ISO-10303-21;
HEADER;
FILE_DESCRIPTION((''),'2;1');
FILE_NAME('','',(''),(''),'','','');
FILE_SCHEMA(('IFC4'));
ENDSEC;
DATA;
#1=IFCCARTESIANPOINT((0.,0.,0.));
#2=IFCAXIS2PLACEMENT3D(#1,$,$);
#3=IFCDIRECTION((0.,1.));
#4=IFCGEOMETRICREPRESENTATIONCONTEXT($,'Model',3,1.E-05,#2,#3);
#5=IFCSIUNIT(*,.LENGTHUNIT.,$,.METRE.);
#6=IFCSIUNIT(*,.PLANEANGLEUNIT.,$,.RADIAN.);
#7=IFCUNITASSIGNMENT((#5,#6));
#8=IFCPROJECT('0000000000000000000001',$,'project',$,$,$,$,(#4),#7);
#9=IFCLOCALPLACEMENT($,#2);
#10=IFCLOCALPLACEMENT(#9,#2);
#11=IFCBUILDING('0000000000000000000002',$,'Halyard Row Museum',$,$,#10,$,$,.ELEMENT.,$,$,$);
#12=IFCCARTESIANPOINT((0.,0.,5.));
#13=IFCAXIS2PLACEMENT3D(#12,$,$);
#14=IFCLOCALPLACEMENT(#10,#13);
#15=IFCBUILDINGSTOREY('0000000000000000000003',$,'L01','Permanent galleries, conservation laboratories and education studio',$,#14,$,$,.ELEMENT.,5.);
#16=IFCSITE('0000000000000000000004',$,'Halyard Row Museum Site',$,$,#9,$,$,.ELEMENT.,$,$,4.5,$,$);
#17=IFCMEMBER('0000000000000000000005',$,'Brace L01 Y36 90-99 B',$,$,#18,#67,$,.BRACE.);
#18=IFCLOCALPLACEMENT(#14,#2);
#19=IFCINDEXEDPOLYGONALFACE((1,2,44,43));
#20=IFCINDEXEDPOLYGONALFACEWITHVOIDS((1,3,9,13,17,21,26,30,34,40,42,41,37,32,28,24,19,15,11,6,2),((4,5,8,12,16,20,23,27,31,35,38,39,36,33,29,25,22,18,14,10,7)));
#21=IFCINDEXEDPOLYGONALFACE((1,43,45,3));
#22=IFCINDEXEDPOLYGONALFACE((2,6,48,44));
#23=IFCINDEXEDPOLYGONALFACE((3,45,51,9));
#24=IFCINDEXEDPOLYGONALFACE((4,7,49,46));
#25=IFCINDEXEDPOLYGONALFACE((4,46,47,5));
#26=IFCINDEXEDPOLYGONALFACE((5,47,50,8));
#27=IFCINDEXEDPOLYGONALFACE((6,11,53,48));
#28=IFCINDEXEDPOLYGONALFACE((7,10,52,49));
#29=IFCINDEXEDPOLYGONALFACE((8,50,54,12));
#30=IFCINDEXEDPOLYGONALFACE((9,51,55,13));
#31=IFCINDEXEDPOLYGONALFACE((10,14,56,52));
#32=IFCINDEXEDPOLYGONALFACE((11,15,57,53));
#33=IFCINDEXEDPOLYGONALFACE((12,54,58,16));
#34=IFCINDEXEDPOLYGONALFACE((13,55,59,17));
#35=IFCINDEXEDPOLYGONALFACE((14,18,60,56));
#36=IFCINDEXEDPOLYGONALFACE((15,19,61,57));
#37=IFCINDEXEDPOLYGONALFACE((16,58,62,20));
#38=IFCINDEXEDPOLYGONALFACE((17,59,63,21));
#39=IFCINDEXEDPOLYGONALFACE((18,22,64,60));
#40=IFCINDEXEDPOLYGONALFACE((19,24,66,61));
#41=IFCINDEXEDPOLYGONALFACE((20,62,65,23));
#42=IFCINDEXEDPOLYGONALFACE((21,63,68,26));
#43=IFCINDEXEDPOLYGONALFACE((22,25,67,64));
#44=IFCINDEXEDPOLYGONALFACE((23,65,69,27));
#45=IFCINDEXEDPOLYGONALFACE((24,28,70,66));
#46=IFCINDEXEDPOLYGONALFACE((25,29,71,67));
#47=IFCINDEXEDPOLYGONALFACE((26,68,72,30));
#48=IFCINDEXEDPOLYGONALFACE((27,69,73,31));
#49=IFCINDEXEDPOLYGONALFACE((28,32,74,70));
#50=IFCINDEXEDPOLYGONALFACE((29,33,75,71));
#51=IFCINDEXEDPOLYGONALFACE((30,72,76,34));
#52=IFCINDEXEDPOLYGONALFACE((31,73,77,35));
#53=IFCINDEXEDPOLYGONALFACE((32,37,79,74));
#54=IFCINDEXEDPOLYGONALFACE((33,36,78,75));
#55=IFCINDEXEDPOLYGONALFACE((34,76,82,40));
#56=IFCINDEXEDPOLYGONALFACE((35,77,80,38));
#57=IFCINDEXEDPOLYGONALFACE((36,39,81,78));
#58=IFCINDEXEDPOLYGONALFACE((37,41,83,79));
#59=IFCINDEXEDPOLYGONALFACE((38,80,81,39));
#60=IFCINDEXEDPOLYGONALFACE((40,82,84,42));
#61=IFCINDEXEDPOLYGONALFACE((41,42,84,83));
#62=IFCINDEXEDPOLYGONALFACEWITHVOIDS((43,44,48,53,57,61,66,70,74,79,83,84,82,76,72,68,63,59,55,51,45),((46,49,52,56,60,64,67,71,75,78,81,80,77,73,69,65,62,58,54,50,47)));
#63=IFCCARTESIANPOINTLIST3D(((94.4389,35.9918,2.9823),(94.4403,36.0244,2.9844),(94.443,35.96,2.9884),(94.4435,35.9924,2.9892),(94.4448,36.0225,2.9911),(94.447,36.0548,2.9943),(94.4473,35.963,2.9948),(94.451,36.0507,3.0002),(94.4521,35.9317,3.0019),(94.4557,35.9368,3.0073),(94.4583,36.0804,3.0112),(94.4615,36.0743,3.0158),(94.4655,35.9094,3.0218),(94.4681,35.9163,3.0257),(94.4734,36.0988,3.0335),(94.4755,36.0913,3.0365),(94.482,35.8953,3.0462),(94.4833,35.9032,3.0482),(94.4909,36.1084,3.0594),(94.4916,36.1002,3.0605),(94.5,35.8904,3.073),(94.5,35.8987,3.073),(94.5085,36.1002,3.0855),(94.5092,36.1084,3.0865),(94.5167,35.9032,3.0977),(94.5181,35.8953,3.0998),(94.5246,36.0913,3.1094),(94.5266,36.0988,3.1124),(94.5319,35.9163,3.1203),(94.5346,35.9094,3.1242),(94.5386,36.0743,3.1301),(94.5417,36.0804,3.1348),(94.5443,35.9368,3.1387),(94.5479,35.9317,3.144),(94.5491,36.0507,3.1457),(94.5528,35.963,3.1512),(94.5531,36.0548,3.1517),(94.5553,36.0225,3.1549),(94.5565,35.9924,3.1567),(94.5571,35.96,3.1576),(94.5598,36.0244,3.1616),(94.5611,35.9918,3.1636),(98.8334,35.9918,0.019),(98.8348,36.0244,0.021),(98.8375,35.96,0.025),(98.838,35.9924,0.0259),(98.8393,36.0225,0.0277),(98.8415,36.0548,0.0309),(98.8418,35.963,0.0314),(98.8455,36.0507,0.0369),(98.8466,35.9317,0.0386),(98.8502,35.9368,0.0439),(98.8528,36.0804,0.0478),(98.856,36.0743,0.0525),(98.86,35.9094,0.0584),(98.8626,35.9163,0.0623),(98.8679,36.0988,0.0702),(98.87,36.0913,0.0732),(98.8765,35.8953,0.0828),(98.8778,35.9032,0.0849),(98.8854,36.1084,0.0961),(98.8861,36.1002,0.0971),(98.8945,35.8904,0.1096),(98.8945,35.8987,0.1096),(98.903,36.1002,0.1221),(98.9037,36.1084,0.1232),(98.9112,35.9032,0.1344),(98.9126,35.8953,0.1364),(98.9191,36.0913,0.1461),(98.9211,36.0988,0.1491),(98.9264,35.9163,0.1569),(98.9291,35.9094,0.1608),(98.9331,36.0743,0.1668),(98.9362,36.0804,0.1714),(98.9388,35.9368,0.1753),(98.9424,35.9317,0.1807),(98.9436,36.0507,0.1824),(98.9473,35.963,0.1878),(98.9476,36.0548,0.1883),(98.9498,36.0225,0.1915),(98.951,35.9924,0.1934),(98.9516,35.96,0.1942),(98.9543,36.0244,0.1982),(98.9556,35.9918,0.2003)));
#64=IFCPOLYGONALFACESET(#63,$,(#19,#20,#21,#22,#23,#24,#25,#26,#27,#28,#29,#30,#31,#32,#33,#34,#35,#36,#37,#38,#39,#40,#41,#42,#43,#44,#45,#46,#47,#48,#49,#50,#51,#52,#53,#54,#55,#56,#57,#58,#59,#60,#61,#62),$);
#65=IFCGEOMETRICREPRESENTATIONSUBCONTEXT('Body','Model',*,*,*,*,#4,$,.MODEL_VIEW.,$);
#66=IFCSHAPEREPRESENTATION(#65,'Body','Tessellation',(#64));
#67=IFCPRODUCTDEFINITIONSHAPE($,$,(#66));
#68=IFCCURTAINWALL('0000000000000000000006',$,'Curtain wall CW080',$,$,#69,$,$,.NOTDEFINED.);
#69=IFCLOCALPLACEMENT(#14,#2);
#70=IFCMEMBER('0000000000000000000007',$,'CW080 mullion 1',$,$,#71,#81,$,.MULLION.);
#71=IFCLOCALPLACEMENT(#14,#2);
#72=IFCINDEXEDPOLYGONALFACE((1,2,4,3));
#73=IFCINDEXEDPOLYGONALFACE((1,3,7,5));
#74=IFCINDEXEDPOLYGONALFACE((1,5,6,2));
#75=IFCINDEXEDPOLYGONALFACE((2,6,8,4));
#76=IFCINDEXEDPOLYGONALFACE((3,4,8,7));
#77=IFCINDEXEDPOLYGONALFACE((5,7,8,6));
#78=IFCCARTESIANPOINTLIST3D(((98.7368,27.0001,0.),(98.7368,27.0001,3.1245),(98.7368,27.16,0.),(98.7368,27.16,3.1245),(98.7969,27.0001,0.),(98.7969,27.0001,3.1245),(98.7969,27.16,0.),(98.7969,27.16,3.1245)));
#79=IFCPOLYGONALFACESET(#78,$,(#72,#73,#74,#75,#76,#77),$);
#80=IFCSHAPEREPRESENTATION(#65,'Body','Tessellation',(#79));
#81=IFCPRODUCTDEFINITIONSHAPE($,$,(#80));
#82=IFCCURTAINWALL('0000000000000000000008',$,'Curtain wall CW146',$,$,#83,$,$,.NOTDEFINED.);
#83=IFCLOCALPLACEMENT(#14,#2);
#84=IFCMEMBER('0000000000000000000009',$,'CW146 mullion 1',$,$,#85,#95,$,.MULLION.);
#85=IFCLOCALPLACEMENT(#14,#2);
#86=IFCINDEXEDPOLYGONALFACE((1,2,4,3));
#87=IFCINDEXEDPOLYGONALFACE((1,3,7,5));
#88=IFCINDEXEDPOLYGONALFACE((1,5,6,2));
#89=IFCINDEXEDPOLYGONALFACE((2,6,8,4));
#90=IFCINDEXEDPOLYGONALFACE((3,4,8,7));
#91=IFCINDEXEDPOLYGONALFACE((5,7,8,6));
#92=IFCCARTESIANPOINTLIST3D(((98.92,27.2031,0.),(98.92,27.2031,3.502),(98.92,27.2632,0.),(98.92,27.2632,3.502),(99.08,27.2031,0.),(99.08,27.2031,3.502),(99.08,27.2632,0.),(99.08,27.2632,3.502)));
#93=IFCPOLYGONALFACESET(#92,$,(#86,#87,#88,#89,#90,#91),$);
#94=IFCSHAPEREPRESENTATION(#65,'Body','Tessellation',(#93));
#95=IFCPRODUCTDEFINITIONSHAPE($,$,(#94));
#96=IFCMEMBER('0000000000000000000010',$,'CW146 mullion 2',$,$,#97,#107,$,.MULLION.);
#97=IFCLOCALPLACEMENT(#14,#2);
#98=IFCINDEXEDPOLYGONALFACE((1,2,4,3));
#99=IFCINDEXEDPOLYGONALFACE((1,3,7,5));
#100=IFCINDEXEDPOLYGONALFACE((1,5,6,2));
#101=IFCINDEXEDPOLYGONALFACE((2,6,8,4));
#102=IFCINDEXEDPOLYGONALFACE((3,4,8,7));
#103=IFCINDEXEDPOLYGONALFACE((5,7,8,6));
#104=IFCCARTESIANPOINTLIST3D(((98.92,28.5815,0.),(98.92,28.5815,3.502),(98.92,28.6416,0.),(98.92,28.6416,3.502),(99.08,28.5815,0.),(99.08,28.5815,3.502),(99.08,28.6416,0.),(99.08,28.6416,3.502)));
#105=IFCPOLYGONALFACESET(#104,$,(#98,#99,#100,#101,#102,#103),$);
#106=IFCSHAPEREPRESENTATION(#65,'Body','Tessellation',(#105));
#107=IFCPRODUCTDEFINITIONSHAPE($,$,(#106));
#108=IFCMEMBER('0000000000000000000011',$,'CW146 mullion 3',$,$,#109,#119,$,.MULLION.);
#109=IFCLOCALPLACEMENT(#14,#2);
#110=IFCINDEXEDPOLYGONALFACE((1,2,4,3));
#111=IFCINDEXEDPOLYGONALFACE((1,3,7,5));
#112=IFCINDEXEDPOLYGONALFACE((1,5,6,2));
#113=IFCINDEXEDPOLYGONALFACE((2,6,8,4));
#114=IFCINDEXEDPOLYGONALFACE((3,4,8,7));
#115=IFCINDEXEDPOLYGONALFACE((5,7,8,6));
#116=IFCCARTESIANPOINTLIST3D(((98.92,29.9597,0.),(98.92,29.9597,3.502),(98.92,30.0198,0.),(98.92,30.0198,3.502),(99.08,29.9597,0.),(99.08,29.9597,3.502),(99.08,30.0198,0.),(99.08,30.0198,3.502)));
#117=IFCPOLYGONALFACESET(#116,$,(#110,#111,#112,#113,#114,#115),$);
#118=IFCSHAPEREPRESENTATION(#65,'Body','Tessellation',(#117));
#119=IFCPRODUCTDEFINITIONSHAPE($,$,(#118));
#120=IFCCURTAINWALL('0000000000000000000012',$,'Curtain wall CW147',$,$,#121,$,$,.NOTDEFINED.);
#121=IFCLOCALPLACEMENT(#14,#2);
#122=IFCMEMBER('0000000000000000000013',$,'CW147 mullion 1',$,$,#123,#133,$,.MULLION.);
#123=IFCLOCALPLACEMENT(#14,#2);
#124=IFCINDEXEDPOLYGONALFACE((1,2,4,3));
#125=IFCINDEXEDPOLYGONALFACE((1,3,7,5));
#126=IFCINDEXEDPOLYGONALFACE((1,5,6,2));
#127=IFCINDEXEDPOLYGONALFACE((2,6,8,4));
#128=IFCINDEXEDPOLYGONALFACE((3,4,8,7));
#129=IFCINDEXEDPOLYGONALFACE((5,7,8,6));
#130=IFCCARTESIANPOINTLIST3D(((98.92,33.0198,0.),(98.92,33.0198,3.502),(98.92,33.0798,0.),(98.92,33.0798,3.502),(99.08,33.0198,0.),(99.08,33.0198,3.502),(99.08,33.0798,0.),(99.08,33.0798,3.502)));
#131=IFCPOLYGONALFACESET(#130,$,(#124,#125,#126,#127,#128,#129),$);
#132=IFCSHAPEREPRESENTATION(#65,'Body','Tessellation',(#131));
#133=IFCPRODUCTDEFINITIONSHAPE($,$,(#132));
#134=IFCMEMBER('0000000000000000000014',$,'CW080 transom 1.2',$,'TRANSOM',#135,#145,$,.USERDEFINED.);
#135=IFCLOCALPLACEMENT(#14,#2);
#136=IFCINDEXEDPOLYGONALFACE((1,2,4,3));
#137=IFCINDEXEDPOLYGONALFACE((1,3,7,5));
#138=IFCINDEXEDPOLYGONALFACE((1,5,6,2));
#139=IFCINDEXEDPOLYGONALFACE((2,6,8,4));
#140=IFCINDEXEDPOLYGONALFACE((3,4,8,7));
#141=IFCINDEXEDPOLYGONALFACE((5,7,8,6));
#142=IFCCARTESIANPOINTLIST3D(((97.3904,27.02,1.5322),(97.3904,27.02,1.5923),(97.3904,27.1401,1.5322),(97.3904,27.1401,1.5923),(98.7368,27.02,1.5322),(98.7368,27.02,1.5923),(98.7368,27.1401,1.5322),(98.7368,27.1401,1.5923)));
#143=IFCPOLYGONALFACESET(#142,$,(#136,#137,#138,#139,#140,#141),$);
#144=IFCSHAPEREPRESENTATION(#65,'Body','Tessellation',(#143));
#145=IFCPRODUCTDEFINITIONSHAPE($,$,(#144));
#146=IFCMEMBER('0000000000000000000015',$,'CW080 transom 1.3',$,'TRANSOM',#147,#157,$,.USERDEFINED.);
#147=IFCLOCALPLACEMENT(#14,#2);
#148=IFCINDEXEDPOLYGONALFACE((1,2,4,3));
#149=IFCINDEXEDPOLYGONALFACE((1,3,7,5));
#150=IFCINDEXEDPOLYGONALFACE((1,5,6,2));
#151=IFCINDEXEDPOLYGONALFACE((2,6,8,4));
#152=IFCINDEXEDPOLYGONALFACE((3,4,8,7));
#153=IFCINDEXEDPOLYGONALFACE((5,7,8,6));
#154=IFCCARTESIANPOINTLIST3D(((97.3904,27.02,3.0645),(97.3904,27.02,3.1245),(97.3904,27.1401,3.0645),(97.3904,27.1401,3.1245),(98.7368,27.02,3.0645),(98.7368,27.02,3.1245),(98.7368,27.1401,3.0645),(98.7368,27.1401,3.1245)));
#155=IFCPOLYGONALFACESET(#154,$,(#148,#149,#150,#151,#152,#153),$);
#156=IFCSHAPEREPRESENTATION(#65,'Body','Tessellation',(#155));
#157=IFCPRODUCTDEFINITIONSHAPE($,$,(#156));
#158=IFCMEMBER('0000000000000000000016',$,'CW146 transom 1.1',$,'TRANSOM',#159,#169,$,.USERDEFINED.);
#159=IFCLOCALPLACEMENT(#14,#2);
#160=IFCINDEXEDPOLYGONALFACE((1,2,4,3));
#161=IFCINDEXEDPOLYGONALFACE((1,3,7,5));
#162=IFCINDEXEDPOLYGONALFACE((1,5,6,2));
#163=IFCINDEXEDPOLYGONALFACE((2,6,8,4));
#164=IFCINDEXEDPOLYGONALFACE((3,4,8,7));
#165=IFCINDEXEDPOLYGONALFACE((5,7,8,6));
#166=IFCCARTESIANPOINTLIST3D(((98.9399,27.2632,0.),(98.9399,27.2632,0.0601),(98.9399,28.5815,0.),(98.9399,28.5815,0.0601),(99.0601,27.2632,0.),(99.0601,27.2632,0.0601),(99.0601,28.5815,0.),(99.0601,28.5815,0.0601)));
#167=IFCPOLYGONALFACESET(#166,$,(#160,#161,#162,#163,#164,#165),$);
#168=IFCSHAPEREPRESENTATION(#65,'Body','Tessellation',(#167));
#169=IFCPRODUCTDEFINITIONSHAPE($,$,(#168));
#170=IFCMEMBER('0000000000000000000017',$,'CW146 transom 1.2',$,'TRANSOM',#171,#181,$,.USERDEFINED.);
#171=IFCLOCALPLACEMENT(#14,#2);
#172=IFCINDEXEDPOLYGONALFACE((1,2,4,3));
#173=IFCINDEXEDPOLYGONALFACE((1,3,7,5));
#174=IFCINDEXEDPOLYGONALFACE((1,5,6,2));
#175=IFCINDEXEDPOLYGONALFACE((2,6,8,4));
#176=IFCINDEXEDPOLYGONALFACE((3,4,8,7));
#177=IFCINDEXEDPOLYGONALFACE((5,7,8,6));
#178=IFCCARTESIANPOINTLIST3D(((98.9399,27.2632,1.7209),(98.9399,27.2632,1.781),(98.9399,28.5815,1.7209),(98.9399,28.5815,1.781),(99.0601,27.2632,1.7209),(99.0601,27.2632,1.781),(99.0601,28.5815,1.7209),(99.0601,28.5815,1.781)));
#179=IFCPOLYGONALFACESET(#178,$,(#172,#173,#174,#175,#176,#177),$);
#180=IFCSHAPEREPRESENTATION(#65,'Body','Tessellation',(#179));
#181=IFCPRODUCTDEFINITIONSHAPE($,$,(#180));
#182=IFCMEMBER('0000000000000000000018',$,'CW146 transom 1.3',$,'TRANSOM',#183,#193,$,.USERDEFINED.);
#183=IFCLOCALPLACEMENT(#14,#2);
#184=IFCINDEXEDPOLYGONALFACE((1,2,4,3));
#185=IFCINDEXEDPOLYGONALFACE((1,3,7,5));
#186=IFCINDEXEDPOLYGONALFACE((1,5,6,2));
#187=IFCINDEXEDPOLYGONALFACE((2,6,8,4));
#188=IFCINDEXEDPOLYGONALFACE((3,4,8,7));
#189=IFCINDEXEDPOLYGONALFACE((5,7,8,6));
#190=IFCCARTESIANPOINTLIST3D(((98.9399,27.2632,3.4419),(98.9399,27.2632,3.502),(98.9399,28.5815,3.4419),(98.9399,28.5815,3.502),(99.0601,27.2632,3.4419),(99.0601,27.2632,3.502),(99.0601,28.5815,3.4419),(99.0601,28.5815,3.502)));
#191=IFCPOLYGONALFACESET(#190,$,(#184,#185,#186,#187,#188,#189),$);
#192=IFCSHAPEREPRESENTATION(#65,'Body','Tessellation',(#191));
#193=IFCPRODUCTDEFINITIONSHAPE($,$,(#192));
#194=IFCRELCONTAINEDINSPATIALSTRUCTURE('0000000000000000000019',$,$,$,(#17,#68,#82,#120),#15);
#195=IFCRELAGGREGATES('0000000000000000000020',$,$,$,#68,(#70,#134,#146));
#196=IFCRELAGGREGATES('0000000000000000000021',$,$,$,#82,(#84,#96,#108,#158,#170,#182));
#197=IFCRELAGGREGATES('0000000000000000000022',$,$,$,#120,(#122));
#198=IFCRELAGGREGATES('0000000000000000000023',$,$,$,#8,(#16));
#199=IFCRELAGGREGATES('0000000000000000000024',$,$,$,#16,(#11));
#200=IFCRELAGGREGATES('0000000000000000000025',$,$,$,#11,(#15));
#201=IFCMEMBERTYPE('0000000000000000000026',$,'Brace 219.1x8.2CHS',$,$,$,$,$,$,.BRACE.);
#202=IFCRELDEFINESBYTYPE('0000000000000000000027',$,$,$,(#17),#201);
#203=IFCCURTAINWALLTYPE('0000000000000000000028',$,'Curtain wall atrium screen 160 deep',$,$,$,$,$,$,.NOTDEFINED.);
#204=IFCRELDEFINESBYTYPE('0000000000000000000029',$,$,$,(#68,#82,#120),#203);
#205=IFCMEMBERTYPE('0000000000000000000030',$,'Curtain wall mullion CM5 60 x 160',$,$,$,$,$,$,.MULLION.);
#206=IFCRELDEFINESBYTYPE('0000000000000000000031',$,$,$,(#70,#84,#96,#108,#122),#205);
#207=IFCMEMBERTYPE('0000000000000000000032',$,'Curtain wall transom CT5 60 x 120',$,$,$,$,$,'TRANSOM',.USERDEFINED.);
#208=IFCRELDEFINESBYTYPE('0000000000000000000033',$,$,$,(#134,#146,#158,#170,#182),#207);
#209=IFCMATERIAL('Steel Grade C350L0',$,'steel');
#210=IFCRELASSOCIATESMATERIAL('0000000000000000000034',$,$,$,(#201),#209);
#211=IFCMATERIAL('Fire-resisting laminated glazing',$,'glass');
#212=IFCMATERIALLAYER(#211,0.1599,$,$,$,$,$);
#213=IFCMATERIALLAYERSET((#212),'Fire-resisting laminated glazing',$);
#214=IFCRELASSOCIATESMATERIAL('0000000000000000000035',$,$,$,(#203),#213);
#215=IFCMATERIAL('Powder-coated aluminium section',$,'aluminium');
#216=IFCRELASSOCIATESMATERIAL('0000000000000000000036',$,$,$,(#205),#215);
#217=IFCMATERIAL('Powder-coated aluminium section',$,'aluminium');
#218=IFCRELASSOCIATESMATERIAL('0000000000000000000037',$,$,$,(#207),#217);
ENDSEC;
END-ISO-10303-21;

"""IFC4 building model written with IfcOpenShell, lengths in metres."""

from ifc_helpers import new_model, si_unit, direction, frame, origin, origin_2d, place, context, subcontext, project, spatial, rectangle, hollow_circle, extrude, material, layer, layer_set, material_profile, profile_set, type_object, element, aggregate, save


model = new_model("IFC4")

# Units and contexts
model_context = context("Model", 3, precision=1e-05, world=origin(), true_north=direction((0.0, 1.0)))
body_context = subcontext(model_context, "Body", "Model", "MODEL_VIEW")
ifc_project = project(units=[si_unit("LENGTHUNIT", "METRE"), si_unit("PLANEANGLEUNIT", "RADIAN")], contexts=[model_context])

# Site, building, storey
site_placement = place(None, origin())
site = spatial("IfcSite", under=ifc_project, at=site_placement, Name="Halyard Row Museum Site", CompositionType="ELEMENT", RefElevation=4.5)
building_placement = place(site_placement, origin())
building = spatial("IfcBuilding", under=site, at=building_placement, Name="Halyard Row Museum", CompositionType="ELEMENT")
storey_placement = place(building_placement, frame((0.0, 0.0, 5.0)))
storey = spatial("IfcBuildingStorey", under=building, at=storey_placement, Name="L01", Description="Permanent galleries, conservation laboratories and education studio", CompositionType="ELEMENT", Elevation=5.0)

# Member
ifc_material_1 = material(Name="Steel Grade C350L0", Category="steel")
ifc_material_profile_1 = material_profile(ifc_material_1, hollow_circle(Radius=0.1096, WallThickness=0.0083, at=origin_2d()), Name="219.1x8.2CHS")
ifc_profile_set_1 = profile_set([ifc_material_profile_1], Name="Steel Grade C350L0")
member_type_1 = type_object("IfcMemberType", Name="Brace 219.1x8.2CHS", PredefinedType="BRACE", material=ifc_profile_set_1)
member_1_placement = place(storey_placement, frame((98.8945, 36.0, 0.1096), z_axis=(-0.829105, 0.0, 0.559093), x_axis=(0.0, -1.0, 0.0)))
element("IfcMember", 1, at=member_1_placement, inside=storey, type_object=member_type_1, Name="Brace L01 Y36 90-99 B", PredefinedType="BRACE", context=body_context, shape_type="SweptSolid", body=[
    extrude(hollow_circle(Radius=0.1096, WallThickness=0.0083, at=origin_2d()), origin(), (0.0, 0.0, 1.0), 5.3003),
])

# Curtain wall, member
ifc_material_2 = material(Name="Fire-resisting laminated glazing", Category="glass")
ifc_layer_1 = layer(ifc_material_2, 0.1599)
ifc_layer_set_1 = layer_set([ifc_layer_1], Name="Fire-resisting laminated glazing")
curtain_wall_type = type_object("IfcCurtainWallType", Name="Curtain wall atrium screen 160 deep", PredefinedType="NOTDEFINED", material=ifc_layer_set_1)
curtain_wall_1_placement = place(storey_placement, origin())
curtain_wall_1 = element("IfcCurtainWall", 2, at=curtain_wall_1_placement, inside=storey, type_object=curtain_wall_type, Name="Curtain wall CW080", PredefinedType="NOTDEFINED")
ifc_material_3 = material(Name="Powder-coated aluminium section", Category="aluminium")
ifc_material_profile_2 = material_profile(ifc_material_3, rectangle(XDim=0.1599, YDim=0.0601, at=origin_2d()), Name="160x60 mullion")
ifc_profile_set_2 = profile_set([ifc_material_profile_2], Name="Powder-coated aluminium section")
member_type_2 = type_object("IfcMemberType", Name="Curtain wall mullion CM5 60 x 160", PredefinedType="MULLION", material=ifc_profile_set_2)
member_2_placement = place(storey_placement, frame((98.7668, 27.0801, 0.0), z_axis=(0.0, 0.0, 1.0), x_axis=(0.0, -1.0, 0.0)))
member_2 = element("IfcMember", 3, at=member_2_placement, type_object=member_type_2, Name="CW080 mullion 1", PredefinedType="MULLION", context=body_context, shape_type="SweptSolid", body=[
    extrude(rectangle(XDim=0.1599, YDim=0.0601, at=origin_2d()), origin(), (0.0, 0.0, 1.0), 3.1245),
])

# Curtain wall, members
curtain_wall_2_placement = place(storey_placement, origin())
curtain_wall_2 = element("IfcCurtainWall", 4, at=curtain_wall_2_placement, inside=storey, type_object=curtain_wall_type, Name="Curtain wall CW146", PredefinedType="NOTDEFINED")
member_3_placement = place(storey_placement, frame((99.0, 27.2332, 0.0), z_axis=(0.0, 0.0, 1.0), x_axis=(-1.0, 0.0, 0.0)))
member_3 = element("IfcMember", 5, at=member_3_placement, type_object=member_type_2, Name="CW146 mullion 1", PredefinedType="MULLION", context=body_context, shape_type="SweptSolid", body=[
    extrude(rectangle(XDim=0.1599, YDim=0.0601, at=origin_2d()), origin(), (0.0, 0.0, 1.0), 3.502),
])
member_4_placement = place(storey_placement, frame((99.0, 28.6116, 0.0), z_axis=(0.0, 0.0, 1.0), x_axis=(-1.0, 0.0, 0.0)))
member_4 = element("IfcMember", 6, at=member_4_placement, type_object=member_type_2, Name="CW146 mullion 2", PredefinedType="MULLION", context=body_context, shape_type="SweptSolid", body=[
    extrude(rectangle(XDim=0.1599, YDim=0.0601, at=origin_2d()), origin(), (0.0, 0.0, 1.0), 3.502),
])
member_5_placement = place(storey_placement, frame((99.0, 29.9897, 0.0), z_axis=(0.0, 0.0, 1.0), x_axis=(-1.0, 0.0, 0.0)))
member_5 = element("IfcMember", 7, at=member_5_placement, type_object=member_type_2, Name="CW146 mullion 3", PredefinedType="MULLION", context=body_context, shape_type="SweptSolid", body=[
    extrude(rectangle(XDim=0.1599, YDim=0.0601, at=origin_2d()), origin(), (0.0, 0.0, 1.0), 3.502),
])

# Curtain wall, member
curtain_wall_3_placement = place(storey_placement, origin())
curtain_wall_3 = element("IfcCurtainWall", 8, at=curtain_wall_3_placement, inside=storey, type_object=curtain_wall_type, Name="Curtain wall CW147", PredefinedType="NOTDEFINED")
member_6_placement = place(storey_placement, frame((99.0, 33.0498, 0.0), z_axis=(0.0, 0.0, 1.0), x_axis=(-1.0, 0.0, 0.0)))
member_6 = element("IfcMember", 9, at=member_6_placement, type_object=member_type_2, Name="CW147 mullion 1", PredefinedType="MULLION", context=body_context, shape_type="SweptSolid", body=[
    extrude(rectangle(XDim=0.1599, YDim=0.0601, at=origin_2d()), origin(), (0.0, 0.0, 1.0), 3.502),
])

# Members
ifc_material_4 = material(Name="Powder-coated aluminium section", Category="aluminium")
ifc_material_profile_3 = material_profile(ifc_material_4, rectangle(XDim=0.1201, YDim=0.0601, at=origin_2d()), Name="120x60 transom")
ifc_profile_set_3 = profile_set([ifc_material_profile_3], Name="Powder-coated aluminium section")
member_type_3 = type_object("IfcMemberType", Name="Curtain wall transom CT5 60 x 120", ElementType="TRANSOM", PredefinedType="USERDEFINED", material=ifc_profile_set_3)
member_7_placement = place(storey_placement, frame((98.7368, 27.0801, 1.5623), z_axis=(-1.0, 0.0, 0.0), x_axis=(0.0, -1.0, 0.0)))
member_7 = element("IfcMember", 10, at=member_7_placement, type_object=member_type_3, Name="CW080 transom 1.2", ObjectType="TRANSOM", PredefinedType="USERDEFINED", context=body_context, shape_type="SweptSolid", body=[
    extrude(rectangle(XDim=0.1201, YDim=0.0601, at=origin_2d()), origin(), (0.0, 0.0, 1.0), 1.3464),
])
member_8_placement = place(storey_placement, frame((98.7368, 27.0801, 3.0945), z_axis=(-1.0, 0.0, 0.0), x_axis=(0.0, -1.0, 0.0)))
member_8 = element("IfcMember", 11, at=member_8_placement, type_object=member_type_3, Name="CW080 transom 1.3", ObjectType="TRANSOM", PredefinedType="USERDEFINED", context=body_context, shape_type="SweptSolid", body=[
    extrude(rectangle(XDim=0.1201, YDim=0.0601, at=origin_2d()), origin(), (0.0, 0.0, 1.0), 1.3464),
])
aggregate(curtain_wall_1, [member_2, member_7, member_8])
member_9_placement = place(storey_placement, frame((99.0, 27.2632, 0.03), z_axis=(0.0, 1.0, 0.0), x_axis=(-1.0, 0.0, 0.0)))
member_9 = element("IfcMember", 12, at=member_9_placement, type_object=member_type_3, Name="CW146 transom 1.1", ObjectType="TRANSOM", PredefinedType="USERDEFINED", context=body_context, shape_type="SweptSolid", body=[
    extrude(rectangle(XDim=0.1201, YDim=0.0601, at=origin_2d()), origin(), (0.0, 0.0, 1.0), 1.3184),
])
member_10_placement = place(storey_placement, frame((99.0, 27.2632, 1.751), z_axis=(0.0, 1.0, 0.0), x_axis=(-1.0, 0.0, 0.0)))
member_10 = element("IfcMember", 13, at=member_10_placement, type_object=member_type_3, Name="CW146 transom 1.2", ObjectType="TRANSOM", PredefinedType="USERDEFINED", context=body_context, shape_type="SweptSolid", body=[
    extrude(rectangle(XDim=0.1201, YDim=0.0601, at=origin_2d()), origin(), (0.0, 0.0, 1.0), 1.3184),
])
member_11_placement = place(storey_placement, frame((99.0, 27.2632, 3.4719), z_axis=(0.0, 1.0, 0.0), x_axis=(-1.0, 0.0, 0.0)))
member_11 = element("IfcMember", 14, at=member_11_placement, type_object=member_type_3, Name="CW146 transom 1.3", ObjectType="TRANSOM", PredefinedType="USERDEFINED", context=body_context, shape_type="SweptSolid", body=[
    extrude(rectangle(XDim=0.1201, YDim=0.0601, at=origin_2d()), origin(), (0.0, 0.0, 1.0), 1.3184),
])

aggregate(curtain_wall_2, [member_3, member_4, member_5, member_9, member_10, member_11])
aggregate(curtain_wall_3, [member_6])

save(model, "model.ifc")
